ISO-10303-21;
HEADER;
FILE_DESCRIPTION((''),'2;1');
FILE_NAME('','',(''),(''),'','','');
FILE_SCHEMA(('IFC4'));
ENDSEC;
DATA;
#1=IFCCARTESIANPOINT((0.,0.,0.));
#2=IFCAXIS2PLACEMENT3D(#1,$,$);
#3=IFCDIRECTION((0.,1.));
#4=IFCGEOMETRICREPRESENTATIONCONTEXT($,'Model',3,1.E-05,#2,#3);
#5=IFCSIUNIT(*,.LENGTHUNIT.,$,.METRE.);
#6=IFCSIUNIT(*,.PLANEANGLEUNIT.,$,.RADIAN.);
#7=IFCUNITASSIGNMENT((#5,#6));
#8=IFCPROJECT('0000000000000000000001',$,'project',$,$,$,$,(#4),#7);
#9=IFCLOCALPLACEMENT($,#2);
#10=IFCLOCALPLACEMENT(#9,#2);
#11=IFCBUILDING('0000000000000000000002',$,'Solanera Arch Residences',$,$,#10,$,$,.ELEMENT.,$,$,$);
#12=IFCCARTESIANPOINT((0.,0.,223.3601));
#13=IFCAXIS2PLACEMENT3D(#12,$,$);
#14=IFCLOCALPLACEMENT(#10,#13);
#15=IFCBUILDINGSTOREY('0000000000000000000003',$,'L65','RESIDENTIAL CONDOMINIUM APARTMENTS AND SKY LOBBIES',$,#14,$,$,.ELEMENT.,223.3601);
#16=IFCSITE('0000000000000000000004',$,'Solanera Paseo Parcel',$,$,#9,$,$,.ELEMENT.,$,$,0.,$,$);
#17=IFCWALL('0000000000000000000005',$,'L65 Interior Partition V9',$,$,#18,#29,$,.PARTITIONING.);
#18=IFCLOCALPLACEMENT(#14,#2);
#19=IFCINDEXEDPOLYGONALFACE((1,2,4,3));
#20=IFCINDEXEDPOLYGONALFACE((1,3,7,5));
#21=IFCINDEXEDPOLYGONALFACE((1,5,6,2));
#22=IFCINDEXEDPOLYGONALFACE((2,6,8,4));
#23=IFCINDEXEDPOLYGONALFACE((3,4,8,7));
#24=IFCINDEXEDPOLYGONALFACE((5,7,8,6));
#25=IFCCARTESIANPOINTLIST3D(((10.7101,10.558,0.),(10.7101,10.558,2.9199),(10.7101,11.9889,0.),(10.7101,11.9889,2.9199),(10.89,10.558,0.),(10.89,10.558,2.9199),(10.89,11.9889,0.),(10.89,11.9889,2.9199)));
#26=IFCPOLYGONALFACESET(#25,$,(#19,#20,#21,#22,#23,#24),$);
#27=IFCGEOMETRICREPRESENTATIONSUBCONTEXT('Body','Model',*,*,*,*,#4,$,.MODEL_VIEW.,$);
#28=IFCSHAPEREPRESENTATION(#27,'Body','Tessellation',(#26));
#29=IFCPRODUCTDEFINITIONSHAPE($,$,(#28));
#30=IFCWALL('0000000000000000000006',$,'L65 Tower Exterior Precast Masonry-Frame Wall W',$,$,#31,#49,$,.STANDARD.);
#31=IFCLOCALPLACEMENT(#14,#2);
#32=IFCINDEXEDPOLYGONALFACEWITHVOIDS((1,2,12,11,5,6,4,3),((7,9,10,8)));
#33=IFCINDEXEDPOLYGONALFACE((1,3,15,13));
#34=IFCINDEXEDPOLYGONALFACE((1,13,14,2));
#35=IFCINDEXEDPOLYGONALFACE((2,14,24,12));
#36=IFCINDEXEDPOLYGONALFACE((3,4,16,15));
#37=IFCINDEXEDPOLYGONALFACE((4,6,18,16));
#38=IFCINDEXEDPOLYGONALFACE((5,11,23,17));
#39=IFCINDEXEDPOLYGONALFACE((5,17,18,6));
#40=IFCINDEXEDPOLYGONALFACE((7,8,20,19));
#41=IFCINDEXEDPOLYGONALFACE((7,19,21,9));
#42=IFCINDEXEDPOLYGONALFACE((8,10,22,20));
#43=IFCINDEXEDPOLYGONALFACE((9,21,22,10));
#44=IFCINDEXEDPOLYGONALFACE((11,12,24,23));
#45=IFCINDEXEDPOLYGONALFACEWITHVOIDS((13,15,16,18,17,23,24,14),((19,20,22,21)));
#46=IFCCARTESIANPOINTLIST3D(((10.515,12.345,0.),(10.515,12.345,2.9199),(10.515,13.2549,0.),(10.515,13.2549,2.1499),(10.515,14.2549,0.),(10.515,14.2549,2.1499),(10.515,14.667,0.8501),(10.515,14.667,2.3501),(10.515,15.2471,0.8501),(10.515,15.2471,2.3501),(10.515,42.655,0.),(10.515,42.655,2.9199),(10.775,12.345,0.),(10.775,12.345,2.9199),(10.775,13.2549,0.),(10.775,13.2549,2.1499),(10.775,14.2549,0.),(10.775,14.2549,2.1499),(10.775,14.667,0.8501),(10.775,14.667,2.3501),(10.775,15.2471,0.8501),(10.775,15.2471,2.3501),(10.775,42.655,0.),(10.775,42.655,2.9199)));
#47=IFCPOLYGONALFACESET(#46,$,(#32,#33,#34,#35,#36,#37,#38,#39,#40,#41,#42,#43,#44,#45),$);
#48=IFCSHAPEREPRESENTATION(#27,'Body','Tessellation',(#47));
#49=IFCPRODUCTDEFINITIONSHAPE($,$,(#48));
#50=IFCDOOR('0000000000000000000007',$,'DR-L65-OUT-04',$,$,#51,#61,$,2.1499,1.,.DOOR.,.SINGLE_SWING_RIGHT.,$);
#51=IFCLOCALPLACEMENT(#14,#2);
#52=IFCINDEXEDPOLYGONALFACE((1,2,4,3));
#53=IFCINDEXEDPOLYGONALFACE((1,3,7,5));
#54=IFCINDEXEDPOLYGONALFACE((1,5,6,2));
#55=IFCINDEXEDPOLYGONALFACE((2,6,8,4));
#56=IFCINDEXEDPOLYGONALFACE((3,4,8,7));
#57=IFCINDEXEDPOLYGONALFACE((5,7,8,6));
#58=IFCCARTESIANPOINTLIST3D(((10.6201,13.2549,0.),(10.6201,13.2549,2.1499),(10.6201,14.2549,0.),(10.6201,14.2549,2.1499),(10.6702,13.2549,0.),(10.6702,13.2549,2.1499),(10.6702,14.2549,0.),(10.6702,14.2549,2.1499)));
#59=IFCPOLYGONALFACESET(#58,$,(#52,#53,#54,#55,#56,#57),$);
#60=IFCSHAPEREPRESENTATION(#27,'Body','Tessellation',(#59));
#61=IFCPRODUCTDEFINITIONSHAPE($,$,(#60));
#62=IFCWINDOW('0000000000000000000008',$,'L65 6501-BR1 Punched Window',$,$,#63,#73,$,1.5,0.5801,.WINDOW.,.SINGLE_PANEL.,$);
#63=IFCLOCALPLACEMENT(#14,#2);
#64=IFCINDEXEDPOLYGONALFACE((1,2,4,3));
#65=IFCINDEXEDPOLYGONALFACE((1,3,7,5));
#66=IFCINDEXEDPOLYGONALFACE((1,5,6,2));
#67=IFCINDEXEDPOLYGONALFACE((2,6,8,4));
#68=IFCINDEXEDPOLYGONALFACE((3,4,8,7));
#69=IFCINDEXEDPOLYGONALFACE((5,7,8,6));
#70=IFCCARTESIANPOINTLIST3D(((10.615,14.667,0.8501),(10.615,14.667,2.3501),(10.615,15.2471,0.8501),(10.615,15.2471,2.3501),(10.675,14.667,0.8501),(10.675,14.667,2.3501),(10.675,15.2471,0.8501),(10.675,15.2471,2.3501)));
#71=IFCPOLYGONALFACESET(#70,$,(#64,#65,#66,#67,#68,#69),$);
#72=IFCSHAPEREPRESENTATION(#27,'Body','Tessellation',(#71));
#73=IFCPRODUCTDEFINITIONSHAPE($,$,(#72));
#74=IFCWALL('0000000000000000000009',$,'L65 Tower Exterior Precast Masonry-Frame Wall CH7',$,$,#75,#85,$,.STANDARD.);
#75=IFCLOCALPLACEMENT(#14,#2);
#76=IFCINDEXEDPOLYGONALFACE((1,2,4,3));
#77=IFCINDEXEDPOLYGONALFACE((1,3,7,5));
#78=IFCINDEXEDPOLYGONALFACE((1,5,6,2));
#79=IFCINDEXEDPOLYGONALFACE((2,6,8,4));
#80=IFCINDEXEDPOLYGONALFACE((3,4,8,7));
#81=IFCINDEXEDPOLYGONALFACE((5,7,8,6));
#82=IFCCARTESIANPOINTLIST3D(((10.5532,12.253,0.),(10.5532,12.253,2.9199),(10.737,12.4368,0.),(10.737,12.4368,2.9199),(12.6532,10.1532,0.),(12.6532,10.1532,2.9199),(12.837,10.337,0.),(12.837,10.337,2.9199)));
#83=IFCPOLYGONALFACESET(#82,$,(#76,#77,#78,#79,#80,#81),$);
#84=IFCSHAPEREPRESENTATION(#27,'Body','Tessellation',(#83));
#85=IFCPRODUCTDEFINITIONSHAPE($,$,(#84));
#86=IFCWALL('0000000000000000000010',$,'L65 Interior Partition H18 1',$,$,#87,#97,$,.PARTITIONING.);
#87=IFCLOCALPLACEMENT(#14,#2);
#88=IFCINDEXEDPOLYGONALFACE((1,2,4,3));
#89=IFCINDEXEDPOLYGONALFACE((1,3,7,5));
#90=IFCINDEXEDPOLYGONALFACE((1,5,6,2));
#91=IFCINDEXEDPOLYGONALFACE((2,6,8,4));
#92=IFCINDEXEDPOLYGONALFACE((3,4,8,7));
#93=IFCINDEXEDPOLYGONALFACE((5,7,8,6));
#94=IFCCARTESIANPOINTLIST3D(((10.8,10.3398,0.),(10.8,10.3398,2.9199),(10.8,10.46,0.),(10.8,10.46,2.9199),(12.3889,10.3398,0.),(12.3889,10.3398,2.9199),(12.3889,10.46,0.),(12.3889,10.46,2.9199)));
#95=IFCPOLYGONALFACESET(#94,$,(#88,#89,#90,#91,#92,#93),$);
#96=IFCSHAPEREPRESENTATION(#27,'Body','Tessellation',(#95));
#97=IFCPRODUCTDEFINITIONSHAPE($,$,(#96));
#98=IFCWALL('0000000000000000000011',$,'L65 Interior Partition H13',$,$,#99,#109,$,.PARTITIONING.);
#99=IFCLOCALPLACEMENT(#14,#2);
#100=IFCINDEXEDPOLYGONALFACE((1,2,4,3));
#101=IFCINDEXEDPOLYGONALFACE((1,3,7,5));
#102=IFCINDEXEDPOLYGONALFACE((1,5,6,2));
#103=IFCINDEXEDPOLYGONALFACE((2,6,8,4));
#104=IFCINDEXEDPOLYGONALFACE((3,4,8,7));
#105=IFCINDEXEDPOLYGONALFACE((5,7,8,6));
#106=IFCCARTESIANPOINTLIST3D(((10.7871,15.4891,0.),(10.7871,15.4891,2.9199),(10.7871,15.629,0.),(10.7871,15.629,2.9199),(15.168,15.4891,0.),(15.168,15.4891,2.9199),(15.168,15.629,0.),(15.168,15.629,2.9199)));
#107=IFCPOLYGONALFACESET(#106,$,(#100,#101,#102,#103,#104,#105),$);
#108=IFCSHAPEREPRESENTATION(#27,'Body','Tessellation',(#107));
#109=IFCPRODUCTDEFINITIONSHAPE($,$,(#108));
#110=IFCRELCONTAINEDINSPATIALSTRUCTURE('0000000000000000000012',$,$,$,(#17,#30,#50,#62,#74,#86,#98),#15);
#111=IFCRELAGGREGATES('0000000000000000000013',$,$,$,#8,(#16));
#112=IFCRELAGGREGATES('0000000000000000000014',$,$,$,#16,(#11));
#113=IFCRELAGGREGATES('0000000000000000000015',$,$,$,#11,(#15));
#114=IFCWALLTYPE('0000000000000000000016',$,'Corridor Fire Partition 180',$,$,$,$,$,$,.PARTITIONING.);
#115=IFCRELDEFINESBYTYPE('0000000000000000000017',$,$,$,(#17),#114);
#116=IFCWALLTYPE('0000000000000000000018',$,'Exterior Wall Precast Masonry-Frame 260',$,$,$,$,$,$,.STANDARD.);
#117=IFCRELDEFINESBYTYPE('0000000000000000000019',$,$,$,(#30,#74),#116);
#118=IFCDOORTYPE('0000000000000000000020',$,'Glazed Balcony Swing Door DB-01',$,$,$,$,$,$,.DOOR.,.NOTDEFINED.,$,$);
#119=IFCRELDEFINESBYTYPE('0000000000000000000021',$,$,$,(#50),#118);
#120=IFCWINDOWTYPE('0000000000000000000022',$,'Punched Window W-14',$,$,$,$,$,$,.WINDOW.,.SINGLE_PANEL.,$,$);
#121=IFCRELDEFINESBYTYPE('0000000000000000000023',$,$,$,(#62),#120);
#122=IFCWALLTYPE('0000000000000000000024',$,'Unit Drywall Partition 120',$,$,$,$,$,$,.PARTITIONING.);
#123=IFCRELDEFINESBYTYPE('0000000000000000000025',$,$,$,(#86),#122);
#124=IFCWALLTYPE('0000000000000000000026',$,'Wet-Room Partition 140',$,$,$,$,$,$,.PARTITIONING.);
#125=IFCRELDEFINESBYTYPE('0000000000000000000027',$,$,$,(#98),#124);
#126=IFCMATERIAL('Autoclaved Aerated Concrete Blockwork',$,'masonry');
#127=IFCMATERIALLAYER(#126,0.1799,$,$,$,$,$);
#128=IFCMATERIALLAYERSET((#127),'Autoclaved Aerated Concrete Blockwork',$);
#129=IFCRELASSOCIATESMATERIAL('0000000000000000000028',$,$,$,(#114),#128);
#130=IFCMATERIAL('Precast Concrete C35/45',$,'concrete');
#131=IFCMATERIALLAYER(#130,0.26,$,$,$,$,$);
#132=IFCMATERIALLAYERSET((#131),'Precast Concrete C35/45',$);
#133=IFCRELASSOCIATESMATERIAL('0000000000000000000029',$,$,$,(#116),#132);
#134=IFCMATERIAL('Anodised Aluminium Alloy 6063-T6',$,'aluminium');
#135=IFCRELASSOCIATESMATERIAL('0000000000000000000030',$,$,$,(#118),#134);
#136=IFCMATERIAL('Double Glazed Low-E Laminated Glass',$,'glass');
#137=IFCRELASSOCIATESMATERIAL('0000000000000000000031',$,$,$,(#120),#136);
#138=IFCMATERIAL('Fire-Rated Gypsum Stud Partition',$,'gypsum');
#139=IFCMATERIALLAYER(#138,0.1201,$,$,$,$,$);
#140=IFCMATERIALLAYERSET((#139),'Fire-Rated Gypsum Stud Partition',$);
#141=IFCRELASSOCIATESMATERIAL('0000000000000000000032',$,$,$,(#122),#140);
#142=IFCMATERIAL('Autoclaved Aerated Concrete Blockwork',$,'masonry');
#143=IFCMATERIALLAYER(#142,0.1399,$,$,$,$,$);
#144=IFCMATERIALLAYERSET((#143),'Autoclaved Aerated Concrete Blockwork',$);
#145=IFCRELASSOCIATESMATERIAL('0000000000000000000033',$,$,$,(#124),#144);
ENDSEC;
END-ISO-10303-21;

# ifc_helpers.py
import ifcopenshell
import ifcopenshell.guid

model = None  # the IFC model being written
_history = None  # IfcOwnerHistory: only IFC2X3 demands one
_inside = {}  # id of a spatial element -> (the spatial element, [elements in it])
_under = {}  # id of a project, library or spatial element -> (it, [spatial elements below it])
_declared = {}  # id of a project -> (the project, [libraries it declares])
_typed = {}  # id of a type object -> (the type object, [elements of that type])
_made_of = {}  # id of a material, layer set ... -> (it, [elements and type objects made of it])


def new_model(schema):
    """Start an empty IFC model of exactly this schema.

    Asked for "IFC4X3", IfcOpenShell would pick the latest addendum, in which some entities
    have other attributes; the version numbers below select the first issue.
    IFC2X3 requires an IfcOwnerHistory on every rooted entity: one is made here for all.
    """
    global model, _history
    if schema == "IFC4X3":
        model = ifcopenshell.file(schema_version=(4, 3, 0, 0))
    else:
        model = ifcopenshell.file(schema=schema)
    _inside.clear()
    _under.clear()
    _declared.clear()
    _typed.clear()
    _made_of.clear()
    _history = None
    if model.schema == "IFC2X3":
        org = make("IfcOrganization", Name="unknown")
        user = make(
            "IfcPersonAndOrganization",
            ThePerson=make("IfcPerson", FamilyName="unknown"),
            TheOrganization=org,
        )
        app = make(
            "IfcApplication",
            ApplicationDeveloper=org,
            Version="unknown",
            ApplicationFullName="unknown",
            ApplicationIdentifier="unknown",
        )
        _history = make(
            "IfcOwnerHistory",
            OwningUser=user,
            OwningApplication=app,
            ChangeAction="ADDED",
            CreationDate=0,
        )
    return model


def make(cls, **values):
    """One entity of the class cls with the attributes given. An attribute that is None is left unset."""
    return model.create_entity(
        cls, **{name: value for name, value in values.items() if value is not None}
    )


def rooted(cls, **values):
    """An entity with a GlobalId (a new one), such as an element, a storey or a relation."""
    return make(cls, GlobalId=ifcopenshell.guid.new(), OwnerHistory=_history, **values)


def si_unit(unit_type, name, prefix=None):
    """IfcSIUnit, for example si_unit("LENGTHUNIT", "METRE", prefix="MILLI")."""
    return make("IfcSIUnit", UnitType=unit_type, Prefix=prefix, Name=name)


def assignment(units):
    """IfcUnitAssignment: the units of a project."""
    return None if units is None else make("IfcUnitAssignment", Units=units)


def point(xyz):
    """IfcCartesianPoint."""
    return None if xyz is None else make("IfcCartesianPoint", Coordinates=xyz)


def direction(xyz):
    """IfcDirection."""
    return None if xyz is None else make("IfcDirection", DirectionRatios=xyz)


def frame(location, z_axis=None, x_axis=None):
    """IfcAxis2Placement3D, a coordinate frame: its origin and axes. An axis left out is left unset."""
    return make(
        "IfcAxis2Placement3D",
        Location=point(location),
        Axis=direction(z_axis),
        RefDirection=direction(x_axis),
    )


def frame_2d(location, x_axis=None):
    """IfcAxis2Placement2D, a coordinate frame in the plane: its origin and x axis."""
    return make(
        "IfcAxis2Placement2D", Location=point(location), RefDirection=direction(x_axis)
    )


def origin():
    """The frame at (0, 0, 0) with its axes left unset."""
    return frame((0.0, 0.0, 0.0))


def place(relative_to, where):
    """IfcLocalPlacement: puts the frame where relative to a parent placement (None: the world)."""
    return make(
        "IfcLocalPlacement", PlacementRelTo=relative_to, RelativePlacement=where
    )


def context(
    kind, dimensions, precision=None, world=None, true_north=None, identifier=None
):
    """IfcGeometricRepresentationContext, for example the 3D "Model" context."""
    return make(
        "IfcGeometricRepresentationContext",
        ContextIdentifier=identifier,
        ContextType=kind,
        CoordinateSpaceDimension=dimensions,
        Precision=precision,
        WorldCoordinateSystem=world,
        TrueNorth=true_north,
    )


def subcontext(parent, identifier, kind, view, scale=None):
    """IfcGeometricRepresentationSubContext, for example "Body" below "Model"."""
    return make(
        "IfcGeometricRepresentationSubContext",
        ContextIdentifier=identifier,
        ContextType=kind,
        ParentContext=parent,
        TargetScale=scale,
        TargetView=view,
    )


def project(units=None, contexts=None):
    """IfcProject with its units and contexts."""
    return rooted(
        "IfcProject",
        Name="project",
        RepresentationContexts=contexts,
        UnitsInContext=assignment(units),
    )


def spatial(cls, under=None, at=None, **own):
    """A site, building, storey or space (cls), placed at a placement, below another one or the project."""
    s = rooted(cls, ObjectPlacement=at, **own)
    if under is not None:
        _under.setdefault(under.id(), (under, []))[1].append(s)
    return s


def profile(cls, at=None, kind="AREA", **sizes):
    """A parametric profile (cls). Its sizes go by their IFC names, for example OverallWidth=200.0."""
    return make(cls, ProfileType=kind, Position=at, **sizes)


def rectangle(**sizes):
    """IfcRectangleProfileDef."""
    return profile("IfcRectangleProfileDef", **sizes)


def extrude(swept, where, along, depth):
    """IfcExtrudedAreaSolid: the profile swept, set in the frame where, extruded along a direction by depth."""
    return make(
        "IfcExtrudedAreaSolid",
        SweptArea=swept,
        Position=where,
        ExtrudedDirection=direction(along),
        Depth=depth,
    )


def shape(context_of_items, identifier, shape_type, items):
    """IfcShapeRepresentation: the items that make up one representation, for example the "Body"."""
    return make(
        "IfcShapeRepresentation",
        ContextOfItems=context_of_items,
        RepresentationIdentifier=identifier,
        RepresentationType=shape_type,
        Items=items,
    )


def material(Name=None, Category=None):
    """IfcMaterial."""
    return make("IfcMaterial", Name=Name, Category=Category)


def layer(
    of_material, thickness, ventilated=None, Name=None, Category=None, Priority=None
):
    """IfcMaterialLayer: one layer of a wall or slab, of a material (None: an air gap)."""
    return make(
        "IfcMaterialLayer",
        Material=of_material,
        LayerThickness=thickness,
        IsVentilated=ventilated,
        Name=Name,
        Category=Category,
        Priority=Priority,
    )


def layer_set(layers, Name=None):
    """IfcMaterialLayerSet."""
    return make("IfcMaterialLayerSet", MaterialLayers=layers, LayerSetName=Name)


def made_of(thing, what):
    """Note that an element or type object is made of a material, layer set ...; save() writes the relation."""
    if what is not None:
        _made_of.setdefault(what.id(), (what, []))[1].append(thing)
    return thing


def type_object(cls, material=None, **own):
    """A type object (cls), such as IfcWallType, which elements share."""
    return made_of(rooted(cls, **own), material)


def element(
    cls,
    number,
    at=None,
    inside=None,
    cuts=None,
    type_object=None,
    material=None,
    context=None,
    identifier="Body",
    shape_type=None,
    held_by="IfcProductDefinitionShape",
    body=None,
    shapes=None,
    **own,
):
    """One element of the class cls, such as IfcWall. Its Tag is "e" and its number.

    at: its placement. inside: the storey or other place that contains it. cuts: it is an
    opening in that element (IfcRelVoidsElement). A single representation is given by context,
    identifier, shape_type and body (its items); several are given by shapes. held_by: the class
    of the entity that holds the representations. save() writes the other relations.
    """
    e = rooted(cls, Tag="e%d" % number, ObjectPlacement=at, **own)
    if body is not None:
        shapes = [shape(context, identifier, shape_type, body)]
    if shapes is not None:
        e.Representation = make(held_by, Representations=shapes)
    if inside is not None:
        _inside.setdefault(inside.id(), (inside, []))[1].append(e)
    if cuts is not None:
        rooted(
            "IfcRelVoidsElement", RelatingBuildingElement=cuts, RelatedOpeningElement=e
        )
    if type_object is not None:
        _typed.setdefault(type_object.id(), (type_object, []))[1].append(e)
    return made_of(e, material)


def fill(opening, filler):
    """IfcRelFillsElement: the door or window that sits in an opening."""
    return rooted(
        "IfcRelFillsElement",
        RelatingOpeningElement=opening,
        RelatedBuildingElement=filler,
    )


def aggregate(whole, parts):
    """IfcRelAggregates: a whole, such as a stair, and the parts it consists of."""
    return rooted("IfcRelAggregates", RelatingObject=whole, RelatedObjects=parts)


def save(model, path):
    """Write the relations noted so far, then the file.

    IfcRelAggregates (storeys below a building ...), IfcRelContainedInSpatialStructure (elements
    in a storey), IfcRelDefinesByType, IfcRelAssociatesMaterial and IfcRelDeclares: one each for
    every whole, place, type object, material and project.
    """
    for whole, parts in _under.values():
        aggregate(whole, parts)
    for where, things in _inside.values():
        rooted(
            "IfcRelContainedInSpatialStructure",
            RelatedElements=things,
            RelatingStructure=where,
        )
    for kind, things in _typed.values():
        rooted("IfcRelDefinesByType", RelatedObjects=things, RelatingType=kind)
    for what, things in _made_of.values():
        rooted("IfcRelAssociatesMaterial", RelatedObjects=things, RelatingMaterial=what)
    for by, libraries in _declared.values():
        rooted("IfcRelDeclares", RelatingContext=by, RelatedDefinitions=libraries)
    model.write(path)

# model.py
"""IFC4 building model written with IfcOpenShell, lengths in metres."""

from ifc_helpers import new_model, si_unit, direction, frame, frame_2d, origin, place, context, subcontext, project, spatial, rectangle, extrude, material, layer, layer_set, type_object, element, fill, save


model = new_model("IFC4")

# Units and contexts
model_context = context("Model", 3, precision=1e-05, world=origin(), true_north=direction((0.0, 1.0)))
body_context = subcontext(model_context, "Body", "Model", "MODEL_VIEW")
ifc_project = project(units=[si_unit("LENGTHUNIT", "METRE"), si_unit("PLANEANGLEUNIT", "RADIAN")], contexts=[model_context])

# Site, building, storey
site_placement = place(None, origin())
site = spatial("IfcSite", under=ifc_project, at=site_placement, Name="Solanera Paseo Parcel", CompositionType="ELEMENT", RefElevation=0.0)
building_placement = place(site_placement, origin())
building = spatial("IfcBuilding", under=site, at=building_placement, Name="Solanera Arch Residences", CompositionType="ELEMENT")
storey_placement = place(building_placement, frame((0.0, 0.0, 223.3601)))
storey = spatial("IfcBuildingStorey", under=building, at=storey_placement, Name="L65", Description="RESIDENTIAL CONDOMINIUM APARTMENTS AND SKY LOBBIES", CompositionType="ELEMENT", Elevation=223.3601)

# Wall
ifc_material_1 = material(Name="Autoclaved Aerated Concrete Blockwork", Category="masonry")
ifc_layer_1 = layer(ifc_material_1, 0.1799)
ifc_layer_set_1 = layer_set([ifc_layer_1], Name="Autoclaved Aerated Concrete Blockwork")
wall_type_1 = type_object("IfcWallType", Name="Corridor Fire Partition 180", PredefinedType="PARTITIONING", material=ifc_layer_set_1)
wall_1_placement = place(storey_placement, frame((10.8, 10.5581, 0.0), z_axis=(0.0, 0.0, 1.0), x_axis=(0.0, 1.0, 0.0)))
element("IfcWall", 1, at=wall_1_placement, inside=storey, type_object=wall_type_1, Name="L65 Interior Partition V9", PredefinedType="PARTITIONING", context=body_context, shape_type="SweptSolid", body=[
    extrude(rectangle(XDim=1.4309, YDim=0.1799, at=frame_2d((0.7153, 0.0))), origin(), (0.0, 0.0, 1.0), 2.9199),
])

# Wall, openings, door, window
ifc_material_2 = material(Name="Precast Concrete C35/45", Category="concrete")
ifc_layer_2 = layer(ifc_material_2, 0.26)
ifc_layer_set_2 = layer_set([ifc_layer_2], Name="Precast Concrete C35/45")
wall_type_2 = type_object("IfcWallType", Name="Exterior Wall Precast Masonry-Frame 260", PredefinedType="STANDARD", material=ifc_layer_set_2)
wall_2_placement = place(storey_placement, frame((10.645, 12.345, 0.0), z_axis=(0.0, 0.0, 1.0), x_axis=(0.0, 1.0, 0.0)))
wall_2 = element("IfcWall", 2, at=wall_2_placement, inside=storey, type_object=wall_type_2, Name="L65 Tower Exterior Precast Masonry-Frame Wall W", PredefinedType="STANDARD", context=body_context, shape_type="SweptSolid", body=[
    extrude(rectangle(XDim=30.3101, YDim=0.26, at=frame_2d((15.155, 0.0))), origin(), (0.0, 0.0, 1.0), 2.9199),
])
opening_1_placement = place(wall_2_placement, frame((0.9099, 0.0, 0.0)))
opening_1 = element("IfcOpeningElement", 3, at=opening_1_placement, cuts=wall_2, PredefinedType="OPENING", context=body_context, shape_type="SweptSolid", body=[
    extrude(rectangle(XDim=1.0, YDim=2.1499, at=frame_2d((0.5, 1.075))), frame((0.0, 0.1399, 0.0), z_axis=(0.0, -1.0, 0.0), x_axis=(1.0, 0.0, 0.0)), (0.0, 0.0, 1.0), 0.28),
])
opening_2_placement = place(wall_2_placement, frame((2.322, 0.0, 0.8501)))
opening_2 = element("IfcOpeningElement", 4, at=opening_2_placement, cuts=wall_2, PredefinedType="OPENING", context=body_context, shape_type="SweptSolid", body=[
    extrude(rectangle(XDim=0.5801, YDim=1.5, at=frame_2d((0.29, 0.75))), frame((0.0, 0.1399, 0.0), z_axis=(0.0, -1.0, 0.0), x_axis=(1.0, 0.0, 0.0)), (0.0, 0.0, 1.0), 0.28),
])
ifc_material_3 = material(Name="Anodised Aluminium Alloy 6063-T6", Category="aluminium")
door_type = type_object("IfcDoorType", Name="Glazed Balcony Swing Door DB-01", OperationType="NOTDEFINED", PredefinedType="DOOR", material=ifc_material_3)
door_placement = place(opening_1_placement, origin())
door = element("IfcDoor", 5, at=door_placement, inside=storey, type_object=door_type, Name="DR-L65-OUT-04", OperationType="SINGLE_SWING_RIGHT", OverallHeight=2.1499, OverallWidth=1.0, PredefinedType="DOOR", context=body_context, shape_type="SweptSolid", body=[
    extrude(rectangle(XDim=1.0, YDim=2.1499, at=frame_2d((0.5, 1.075))), frame((0.0, 0.0249, 0.0), z_axis=(0.0, -1.0, 0.0), x_axis=(1.0, 0.0, 0.0)), (0.0, 0.0, 1.0), 0.05),
])
fill(opening_1, door)
ifc_material_4 = material(Name="Double Glazed Low-E Laminated Glass", Category="glass")
window_type = type_object("IfcWindowType", Name="Punched Window W-14", PartitioningType="SINGLE_PANEL", PredefinedType="WINDOW", material=ifc_material_4)
window_placement = place(opening_2_placement, origin())
window = element("IfcWindow", 6, at=window_placement, inside=storey, type_object=window_type, Name="L65 6501-BR1 Punched Window", OverallHeight=1.5, OverallWidth=0.5801, PartitioningType="SINGLE_PANEL", PredefinedType="WINDOW", context=body_context, shape_type="SweptSolid", body=[
    extrude(rectangle(XDim=0.5801, YDim=1.5, at=frame_2d((0.29, 0.75))), frame((0.0, 0.03, 0.0), z_axis=(0.0, -1.0, 0.0), x_axis=(1.0, 0.0, 0.0)), (0.0, 0.0, 1.0), 0.0601),
])
fill(opening_2, window)

# Walls
wall_3_placement = place(storey_placement, frame((12.7451, 10.2451, 0.0), z_axis=(0.0, 0.0, 1.0), x_axis=(-0.707148, 0.707066, 0.0)))
element("IfcWall", 7, at=wall_3_placement, inside=storey, type_object=wall_type_2, Name="L65 Tower Exterior Precast Masonry-Frame Wall CH7", PredefinedType="STANDARD", context=body_context, shape_type="SweptSolid", body=[
    extrude(rectangle(XDim=2.9697, YDim=0.26, at=frame_2d((1.4849, 0.0))), origin(), (0.0, 0.0, 1.0), 2.9199),
])
ifc_material_5 = material(Name="Fire-Rated Gypsum Stud Partition", Category="gypsum")
ifc_layer_3 = layer(ifc_material_5, 0.1201)
ifc_layer_set_3 = layer_set([ifc_layer_3], Name="Fire-Rated Gypsum Stud Partition")
wall_type_3 = type_object("IfcWallType", Name="Unit Drywall Partition 120", PredefinedType="PARTITIONING", material=ifc_layer_set_3)
wall_4_placement = place(storey_placement, frame((10.8, 10.3999, 0.0), z_axis=(0.0, 0.0, 1.0), x_axis=(1.0, 0.0, 0.0)))
element("IfcWall", 8, at=wall_4_placement, inside=storey, type_object=wall_type_3, Name="L65 Interior Partition H18 1", PredefinedType="PARTITIONING", context=body_context, shape_type="SweptSolid", body=[
    extrude(rectangle(XDim=1.5889, YDim=0.1201, at=frame_2d((0.7944, 0.0))), origin(), (0.0, 0.0, 1.0), 2.9199),
])
ifc_material_6 = material(Name="Autoclaved Aerated Concrete Blockwork", Category="masonry")
ifc_layer_4 = layer(ifc_material_6, 0.1399)
ifc_layer_set_4 = layer_set([ifc_layer_4], Name="Autoclaved Aerated Concrete Blockwork")
wall_type_4 = type_object("IfcWallType", Name="Wet-Room Partition 140", PredefinedType="PARTITIONING", material=ifc_layer_set_4)
wall_5_placement = place(storey_placement, frame((10.7871, 15.5591, 0.0), z_axis=(0.0, 0.0, 1.0), x_axis=(1.0, 0.0, 0.0)))
element("IfcWall", 9, at=wall_5_placement, inside=storey, type_object=wall_type_4, Name="L65 Interior Partition H13", PredefinedType="PARTITIONING", context=body_context, shape_type="SweptSolid", body=[
    extrude(rectangle(XDim=4.3809, YDim=0.1399, at=frame_2d((2.1904, 0.0))), origin(), (0.0, 0.0, 1.0), 2.9199),
])

save(model, "model.ifc")
